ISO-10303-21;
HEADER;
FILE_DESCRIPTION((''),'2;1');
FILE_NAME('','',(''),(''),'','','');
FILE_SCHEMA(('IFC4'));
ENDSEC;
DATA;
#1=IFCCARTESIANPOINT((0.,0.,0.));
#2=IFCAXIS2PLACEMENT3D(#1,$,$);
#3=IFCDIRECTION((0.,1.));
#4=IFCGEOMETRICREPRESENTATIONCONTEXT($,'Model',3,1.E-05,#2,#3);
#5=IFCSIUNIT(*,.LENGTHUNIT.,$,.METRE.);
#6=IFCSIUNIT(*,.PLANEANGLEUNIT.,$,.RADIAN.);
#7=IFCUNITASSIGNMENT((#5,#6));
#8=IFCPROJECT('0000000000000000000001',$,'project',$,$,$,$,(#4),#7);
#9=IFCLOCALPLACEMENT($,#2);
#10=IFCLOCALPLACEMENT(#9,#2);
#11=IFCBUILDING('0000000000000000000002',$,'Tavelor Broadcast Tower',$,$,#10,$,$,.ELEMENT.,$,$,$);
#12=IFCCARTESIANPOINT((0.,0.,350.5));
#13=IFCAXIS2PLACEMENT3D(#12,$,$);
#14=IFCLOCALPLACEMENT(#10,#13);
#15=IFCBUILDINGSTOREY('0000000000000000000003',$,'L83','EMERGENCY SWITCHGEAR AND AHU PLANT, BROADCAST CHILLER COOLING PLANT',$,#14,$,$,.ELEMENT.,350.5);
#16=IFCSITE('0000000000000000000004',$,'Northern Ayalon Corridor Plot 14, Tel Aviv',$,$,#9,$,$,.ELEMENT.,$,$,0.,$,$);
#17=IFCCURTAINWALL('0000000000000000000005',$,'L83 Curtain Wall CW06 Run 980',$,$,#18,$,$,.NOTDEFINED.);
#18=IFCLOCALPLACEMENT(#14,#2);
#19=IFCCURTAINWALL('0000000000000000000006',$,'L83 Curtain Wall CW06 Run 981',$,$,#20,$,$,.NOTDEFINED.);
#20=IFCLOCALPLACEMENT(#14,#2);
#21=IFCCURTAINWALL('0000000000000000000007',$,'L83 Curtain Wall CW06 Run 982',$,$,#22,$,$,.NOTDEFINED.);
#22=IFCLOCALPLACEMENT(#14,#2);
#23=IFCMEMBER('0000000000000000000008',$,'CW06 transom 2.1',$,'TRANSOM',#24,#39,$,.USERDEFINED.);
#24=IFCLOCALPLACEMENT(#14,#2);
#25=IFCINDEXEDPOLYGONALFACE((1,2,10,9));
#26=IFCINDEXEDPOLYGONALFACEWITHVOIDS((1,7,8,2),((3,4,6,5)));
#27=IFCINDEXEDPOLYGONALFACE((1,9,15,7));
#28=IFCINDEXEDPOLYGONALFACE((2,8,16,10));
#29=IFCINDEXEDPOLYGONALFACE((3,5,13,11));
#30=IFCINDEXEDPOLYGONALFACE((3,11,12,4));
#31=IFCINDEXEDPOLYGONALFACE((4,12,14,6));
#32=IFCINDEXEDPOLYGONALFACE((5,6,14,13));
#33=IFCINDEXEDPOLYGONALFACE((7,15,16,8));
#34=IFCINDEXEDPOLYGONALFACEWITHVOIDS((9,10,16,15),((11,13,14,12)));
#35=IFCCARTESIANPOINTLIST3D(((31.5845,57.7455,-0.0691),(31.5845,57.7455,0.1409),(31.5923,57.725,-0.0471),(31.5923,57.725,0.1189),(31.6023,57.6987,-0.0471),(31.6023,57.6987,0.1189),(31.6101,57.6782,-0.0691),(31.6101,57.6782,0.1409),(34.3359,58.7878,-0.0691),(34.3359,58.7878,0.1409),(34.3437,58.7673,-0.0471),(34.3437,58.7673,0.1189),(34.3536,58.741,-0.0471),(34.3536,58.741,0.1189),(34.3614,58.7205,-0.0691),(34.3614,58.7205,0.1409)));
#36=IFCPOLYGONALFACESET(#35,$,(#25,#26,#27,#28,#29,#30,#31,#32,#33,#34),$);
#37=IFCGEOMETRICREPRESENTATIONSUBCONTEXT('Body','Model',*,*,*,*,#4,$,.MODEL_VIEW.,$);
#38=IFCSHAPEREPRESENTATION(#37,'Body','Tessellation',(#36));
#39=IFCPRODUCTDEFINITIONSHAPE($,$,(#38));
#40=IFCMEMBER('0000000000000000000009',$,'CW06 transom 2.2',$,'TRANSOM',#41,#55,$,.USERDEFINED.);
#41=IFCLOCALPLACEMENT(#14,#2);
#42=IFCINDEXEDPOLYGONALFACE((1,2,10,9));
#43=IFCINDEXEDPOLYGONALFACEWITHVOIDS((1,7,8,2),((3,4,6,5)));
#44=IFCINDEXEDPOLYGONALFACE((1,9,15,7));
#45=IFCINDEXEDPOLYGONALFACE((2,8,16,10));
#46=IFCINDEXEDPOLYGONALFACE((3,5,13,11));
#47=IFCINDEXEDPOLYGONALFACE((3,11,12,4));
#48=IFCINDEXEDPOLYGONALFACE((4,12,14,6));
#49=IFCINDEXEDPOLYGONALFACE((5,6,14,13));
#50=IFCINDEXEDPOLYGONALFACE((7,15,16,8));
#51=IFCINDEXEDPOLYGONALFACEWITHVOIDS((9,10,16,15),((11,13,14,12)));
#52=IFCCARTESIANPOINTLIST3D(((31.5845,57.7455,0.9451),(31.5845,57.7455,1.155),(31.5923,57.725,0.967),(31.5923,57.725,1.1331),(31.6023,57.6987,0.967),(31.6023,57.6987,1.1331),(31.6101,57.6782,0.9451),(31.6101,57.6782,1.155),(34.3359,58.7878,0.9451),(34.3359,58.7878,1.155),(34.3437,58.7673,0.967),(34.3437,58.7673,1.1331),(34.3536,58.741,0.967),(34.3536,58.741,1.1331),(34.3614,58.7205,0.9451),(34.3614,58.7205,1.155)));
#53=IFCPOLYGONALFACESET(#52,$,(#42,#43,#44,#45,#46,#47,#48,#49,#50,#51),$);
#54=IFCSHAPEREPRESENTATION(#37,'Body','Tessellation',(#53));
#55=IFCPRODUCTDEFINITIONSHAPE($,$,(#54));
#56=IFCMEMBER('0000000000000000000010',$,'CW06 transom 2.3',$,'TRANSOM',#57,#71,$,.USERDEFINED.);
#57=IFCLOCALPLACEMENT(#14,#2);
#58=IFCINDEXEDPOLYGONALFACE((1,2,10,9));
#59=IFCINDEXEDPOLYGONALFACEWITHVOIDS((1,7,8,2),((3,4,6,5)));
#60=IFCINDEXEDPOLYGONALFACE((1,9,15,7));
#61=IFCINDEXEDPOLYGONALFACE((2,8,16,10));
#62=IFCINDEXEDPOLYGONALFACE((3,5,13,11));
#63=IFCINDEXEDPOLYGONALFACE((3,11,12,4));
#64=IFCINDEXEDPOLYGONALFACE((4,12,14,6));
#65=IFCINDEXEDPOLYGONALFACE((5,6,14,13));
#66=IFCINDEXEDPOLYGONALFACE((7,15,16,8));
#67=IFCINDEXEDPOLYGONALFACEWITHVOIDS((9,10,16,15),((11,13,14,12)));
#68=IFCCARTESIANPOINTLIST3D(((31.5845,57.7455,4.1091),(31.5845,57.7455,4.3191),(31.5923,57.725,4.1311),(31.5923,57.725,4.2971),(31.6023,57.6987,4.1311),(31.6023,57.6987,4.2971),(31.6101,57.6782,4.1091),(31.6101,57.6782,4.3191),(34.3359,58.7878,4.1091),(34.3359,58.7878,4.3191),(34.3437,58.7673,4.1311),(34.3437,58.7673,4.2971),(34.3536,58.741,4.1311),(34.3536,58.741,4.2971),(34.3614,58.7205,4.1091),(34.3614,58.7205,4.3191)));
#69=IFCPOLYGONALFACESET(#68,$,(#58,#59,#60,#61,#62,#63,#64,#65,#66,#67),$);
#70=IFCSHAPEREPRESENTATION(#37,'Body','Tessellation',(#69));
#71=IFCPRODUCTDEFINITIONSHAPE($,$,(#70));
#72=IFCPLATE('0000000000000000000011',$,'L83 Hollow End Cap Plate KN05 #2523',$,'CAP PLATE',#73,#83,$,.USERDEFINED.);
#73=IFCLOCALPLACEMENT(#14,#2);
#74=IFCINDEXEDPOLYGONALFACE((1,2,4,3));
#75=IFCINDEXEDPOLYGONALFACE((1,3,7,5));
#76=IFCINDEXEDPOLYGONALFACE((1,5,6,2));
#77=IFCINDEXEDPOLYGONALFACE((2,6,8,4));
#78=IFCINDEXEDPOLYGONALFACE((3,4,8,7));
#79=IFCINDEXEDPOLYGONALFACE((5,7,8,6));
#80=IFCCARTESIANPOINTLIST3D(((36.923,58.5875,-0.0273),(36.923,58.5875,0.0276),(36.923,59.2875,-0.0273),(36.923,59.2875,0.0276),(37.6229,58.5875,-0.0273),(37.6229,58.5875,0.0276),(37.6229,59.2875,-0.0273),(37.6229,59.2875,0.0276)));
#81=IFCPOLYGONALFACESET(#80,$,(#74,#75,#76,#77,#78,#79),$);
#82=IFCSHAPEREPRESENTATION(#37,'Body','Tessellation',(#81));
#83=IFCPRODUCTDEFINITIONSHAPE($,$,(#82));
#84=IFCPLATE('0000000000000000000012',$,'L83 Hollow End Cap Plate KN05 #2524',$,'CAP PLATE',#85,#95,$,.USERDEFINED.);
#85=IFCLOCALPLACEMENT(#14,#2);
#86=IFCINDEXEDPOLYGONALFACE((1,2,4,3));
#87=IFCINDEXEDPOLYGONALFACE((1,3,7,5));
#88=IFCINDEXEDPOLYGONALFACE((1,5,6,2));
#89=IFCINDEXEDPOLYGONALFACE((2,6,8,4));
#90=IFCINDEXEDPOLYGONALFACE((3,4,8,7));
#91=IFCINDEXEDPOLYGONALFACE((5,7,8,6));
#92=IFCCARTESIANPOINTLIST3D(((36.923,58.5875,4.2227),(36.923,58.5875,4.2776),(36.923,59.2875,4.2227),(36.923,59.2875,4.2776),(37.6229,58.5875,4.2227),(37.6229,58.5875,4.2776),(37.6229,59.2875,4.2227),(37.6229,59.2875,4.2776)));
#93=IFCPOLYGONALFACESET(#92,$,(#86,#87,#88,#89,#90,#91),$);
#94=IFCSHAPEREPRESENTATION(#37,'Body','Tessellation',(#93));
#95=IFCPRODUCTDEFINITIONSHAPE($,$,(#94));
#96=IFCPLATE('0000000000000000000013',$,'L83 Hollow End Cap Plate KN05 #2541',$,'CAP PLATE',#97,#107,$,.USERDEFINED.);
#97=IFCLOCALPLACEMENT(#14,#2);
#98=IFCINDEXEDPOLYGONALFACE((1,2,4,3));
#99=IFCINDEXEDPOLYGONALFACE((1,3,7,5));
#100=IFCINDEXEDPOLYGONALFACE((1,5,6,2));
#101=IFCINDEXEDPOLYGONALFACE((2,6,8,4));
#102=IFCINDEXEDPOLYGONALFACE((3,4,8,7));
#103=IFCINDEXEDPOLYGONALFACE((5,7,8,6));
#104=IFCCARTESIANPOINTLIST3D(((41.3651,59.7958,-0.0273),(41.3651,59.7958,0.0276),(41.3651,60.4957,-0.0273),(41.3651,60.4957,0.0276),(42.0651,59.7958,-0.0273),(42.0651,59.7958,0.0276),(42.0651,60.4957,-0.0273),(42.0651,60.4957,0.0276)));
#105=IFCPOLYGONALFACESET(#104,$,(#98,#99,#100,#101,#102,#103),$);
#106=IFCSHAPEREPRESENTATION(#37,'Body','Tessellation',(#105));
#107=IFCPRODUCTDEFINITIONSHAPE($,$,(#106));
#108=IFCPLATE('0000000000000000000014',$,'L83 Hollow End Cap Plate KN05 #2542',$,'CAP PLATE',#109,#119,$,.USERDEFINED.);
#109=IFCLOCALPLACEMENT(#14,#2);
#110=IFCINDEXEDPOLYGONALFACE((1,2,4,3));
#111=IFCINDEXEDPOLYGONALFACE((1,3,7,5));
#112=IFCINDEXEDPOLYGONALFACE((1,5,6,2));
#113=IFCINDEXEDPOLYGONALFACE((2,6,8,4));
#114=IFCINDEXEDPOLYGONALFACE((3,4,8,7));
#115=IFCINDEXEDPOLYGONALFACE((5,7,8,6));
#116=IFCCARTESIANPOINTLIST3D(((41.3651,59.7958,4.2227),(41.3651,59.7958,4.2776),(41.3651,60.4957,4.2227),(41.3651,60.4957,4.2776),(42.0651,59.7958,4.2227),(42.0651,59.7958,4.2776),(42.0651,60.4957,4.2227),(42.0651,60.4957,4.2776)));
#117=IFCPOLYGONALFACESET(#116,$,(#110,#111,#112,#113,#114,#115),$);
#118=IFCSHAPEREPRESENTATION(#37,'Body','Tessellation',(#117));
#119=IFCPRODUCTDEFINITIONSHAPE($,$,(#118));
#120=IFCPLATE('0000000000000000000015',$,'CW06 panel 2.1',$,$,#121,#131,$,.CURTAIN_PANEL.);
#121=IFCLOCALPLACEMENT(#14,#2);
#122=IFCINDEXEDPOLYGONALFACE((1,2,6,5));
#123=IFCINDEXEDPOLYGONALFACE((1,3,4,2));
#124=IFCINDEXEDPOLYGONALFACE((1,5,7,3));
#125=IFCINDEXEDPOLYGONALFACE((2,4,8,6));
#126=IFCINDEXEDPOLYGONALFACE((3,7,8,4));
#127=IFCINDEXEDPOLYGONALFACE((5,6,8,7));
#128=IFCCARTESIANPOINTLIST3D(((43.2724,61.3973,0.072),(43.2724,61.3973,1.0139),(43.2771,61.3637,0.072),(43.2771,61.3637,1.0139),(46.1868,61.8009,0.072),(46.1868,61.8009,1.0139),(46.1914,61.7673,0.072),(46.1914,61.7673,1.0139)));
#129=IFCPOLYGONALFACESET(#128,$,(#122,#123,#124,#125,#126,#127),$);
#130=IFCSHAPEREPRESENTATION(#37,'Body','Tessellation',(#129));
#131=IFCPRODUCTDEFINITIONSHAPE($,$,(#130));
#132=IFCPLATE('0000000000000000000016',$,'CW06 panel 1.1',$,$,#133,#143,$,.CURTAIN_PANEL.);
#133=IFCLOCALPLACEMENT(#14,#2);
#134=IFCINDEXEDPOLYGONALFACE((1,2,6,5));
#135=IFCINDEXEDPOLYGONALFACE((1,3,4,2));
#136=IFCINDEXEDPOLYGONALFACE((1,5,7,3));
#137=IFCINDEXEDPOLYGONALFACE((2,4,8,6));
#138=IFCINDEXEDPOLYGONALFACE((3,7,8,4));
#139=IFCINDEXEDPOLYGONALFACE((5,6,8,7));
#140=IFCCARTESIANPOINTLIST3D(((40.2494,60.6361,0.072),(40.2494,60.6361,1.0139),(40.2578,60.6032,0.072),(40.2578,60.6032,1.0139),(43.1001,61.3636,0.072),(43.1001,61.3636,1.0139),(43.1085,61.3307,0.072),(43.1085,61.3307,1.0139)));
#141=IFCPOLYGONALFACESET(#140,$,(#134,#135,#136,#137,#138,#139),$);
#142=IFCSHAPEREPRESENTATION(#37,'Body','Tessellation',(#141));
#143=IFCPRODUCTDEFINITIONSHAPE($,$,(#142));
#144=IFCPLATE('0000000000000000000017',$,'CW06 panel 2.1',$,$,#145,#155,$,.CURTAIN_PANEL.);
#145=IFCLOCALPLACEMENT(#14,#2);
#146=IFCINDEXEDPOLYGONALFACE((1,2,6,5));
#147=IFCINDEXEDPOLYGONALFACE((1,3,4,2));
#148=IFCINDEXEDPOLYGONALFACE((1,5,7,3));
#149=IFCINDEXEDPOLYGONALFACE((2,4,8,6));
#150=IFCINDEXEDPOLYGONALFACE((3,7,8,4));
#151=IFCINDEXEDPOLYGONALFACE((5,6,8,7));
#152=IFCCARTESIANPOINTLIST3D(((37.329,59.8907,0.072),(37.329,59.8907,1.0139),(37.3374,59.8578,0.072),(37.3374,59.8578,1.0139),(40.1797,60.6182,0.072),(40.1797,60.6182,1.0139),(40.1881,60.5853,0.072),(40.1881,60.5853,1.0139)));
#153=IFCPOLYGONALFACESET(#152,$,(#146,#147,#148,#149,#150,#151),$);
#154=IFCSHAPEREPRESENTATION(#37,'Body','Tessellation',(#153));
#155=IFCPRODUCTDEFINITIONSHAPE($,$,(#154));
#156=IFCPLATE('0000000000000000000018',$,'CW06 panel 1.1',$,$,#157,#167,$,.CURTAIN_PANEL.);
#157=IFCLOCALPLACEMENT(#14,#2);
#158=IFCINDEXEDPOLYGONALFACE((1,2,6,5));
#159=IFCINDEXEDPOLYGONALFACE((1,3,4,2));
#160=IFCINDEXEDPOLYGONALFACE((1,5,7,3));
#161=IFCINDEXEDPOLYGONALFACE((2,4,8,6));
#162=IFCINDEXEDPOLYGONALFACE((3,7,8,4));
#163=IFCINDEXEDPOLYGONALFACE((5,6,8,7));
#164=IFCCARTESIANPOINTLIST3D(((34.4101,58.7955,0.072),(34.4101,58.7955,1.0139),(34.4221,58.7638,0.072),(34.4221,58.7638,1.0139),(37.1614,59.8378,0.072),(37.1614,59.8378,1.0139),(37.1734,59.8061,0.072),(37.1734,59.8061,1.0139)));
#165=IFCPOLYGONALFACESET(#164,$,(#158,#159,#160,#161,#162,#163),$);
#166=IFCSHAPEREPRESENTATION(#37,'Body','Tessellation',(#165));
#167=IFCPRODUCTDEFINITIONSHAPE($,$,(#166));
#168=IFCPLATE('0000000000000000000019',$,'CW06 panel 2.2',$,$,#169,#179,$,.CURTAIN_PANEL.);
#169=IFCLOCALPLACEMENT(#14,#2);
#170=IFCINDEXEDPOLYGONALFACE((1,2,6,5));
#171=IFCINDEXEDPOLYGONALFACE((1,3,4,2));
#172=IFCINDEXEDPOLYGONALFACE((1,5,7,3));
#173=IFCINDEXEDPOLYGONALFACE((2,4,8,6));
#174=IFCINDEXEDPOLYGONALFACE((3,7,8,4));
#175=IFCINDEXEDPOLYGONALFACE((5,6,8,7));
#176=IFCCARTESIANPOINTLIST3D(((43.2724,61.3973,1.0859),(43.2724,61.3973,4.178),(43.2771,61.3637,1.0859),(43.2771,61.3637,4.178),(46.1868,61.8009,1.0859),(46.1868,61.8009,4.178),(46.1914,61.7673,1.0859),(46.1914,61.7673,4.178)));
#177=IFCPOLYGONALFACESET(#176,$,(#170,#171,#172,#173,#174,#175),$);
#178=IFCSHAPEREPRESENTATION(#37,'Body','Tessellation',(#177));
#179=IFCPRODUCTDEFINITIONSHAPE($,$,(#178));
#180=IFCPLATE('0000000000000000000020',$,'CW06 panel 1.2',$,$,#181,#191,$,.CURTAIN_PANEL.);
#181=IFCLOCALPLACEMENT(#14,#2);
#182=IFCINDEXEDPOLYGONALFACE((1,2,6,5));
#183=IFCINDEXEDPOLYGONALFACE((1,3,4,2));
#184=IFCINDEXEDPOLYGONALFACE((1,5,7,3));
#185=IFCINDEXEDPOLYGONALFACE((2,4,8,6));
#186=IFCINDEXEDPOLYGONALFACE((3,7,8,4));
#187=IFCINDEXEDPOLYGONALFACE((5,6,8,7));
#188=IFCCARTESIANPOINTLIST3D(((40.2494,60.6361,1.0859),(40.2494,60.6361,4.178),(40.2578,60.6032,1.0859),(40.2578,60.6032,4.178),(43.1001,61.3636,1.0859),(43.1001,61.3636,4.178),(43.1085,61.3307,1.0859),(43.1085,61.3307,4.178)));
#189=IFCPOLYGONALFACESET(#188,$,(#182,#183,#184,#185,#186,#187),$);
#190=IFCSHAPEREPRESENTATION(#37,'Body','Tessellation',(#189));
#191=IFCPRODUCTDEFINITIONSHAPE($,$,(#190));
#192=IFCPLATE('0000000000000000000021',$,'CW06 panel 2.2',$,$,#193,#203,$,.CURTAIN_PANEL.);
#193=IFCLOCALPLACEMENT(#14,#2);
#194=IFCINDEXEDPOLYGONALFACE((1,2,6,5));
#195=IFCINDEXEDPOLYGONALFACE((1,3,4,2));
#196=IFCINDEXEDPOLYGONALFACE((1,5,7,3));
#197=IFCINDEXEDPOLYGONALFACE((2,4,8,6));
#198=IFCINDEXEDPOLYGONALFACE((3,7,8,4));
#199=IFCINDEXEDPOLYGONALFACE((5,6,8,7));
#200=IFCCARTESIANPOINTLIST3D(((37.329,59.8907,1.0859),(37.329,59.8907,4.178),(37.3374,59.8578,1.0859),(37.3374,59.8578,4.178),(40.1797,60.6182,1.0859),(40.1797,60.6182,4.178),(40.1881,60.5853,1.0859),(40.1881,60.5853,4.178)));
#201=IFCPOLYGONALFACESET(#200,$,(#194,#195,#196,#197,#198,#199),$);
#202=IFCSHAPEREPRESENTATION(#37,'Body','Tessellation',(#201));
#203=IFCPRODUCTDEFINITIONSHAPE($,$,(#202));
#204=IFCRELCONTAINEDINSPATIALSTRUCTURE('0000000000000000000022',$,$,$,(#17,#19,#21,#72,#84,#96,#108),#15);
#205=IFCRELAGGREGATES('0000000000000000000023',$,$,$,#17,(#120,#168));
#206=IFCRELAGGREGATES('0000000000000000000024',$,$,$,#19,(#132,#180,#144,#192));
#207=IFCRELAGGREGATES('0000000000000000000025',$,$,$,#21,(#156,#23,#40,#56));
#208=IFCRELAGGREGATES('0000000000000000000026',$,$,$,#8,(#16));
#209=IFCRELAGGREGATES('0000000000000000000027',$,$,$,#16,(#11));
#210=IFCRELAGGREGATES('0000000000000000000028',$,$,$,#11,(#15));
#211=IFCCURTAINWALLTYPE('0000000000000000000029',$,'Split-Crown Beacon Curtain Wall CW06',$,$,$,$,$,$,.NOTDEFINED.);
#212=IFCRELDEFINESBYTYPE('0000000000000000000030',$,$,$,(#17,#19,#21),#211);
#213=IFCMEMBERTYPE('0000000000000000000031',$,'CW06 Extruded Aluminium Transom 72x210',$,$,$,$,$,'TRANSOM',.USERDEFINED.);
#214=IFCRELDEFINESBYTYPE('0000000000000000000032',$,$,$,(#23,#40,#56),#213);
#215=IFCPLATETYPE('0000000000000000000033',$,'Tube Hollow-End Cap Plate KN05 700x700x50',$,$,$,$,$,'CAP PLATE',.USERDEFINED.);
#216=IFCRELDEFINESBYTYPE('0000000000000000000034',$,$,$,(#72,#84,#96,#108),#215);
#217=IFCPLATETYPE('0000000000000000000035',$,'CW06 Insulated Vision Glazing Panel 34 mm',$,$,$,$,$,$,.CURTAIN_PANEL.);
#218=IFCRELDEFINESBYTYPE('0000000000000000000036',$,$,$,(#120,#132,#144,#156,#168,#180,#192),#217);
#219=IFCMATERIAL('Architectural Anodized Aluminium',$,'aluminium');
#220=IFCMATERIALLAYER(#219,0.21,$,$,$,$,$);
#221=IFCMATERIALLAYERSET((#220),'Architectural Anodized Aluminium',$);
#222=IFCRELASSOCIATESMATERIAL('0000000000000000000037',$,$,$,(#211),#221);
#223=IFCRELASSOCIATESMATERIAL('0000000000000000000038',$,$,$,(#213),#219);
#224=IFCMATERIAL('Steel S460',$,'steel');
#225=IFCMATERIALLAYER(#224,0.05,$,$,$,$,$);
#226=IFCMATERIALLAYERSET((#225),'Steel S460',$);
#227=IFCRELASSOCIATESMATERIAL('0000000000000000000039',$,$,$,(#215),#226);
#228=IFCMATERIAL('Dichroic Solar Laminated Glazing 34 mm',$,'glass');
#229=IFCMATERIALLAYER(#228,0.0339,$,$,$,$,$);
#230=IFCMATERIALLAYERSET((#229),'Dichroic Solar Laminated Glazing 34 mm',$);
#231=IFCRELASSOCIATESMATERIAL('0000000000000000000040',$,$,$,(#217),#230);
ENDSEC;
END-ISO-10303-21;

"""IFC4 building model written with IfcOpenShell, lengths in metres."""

from ifc_helpers import new_model, si_unit, direction, frame, origin, origin_2d, place, context, subcontext, project, spatial, rectangle, hollow_rectangle, extrude, source, transform, mapped, material, layer, layer_set, material_profile, profile_set, type_object, type_shapes, element, aggregate, save


model = new_model("IFC4")

# Units and contexts
model_context = context("Model", 3, precision=1e-05, world=origin(), true_north=direction((0.0, 1.0)))
body_context = subcontext(model_context, "Body", "Model", "MODEL_VIEW")
ifc_project = project(units=[si_unit("LENGTHUNIT", "METRE"), si_unit("PLANEANGLEUNIT", "RADIAN")], contexts=[model_context])

# Site, building, storey
site_placement = place(None, origin())
site = spatial("IfcSite", under=ifc_project, at=site_placement, Name="Northern Ayalon Corridor Plot 14, Tel Aviv", CompositionType="ELEMENT", RefElevation=0.0)
building_placement = place(site_placement, origin())
building = spatial("IfcBuilding", under=site, at=building_placement, Name="Tavelor Broadcast Tower", CompositionType="ELEMENT")
storey_placement = place(building_placement, frame((0.0, 0.0, 350.5)))
storey = spatial("IfcBuildingStorey", under=building, at=storey_placement, Name="L83", Description="EMERGENCY SWITCHGEAR AND AHU PLANT, BROADCAST CHILLER COOLING PLANT", CompositionType="ELEMENT", Elevation=350.5)

# Curtain wall
ifc_material_1 = material(Name="Architectural Anodized Aluminium", Category="aluminium")
ifc_layer_1 = layer(ifc_material_1, 0.21)
ifc_layer_set_1 = layer_set([ifc_layer_1], Name="Architectural Anodized Aluminium")
curtain_wall_type = type_object("IfcCurtainWallType", Name="Split-Crown Beacon Curtain Wall CW06", PredefinedType="NOTDEFINED", material=ifc_layer_set_1)
curtain_wall_1_placement = place(storey_placement, origin())
curtain_wall_1 = element("IfcCurtainWall", 1, at=curtain_wall_1_placement, inside=storey, type_object=curtain_wall_type, Name="L83 Curtain Wall CW06 Run 980", PredefinedType="NOTDEFINED")

# Curtain walls
curtain_wall_2_placement = place(storey_placement, origin())
curtain_wall_2 = element("IfcCurtainWall", 2, at=curtain_wall_2_placement, inside=storey, type_object=curtain_wall_type, Name="L83 Curtain Wall CW06 Run 981", PredefinedType="NOTDEFINED")
curtain_wall_3_placement = place(storey_placement, origin())
curtain_wall_3 = element("IfcCurtainWall", 3, at=curtain_wall_3_placement, inside=storey, type_object=curtain_wall_type, Name="L83 Curtain Wall CW06 Run 982", PredefinedType="NOTDEFINED")

# Members
ifc_material_profile_1 = material_profile(ifc_material_1, hollow_rectangle(XDim=0.072, YDim=0.21, WallThickness=0.022, at=origin_2d()), Name="RHS 72x210x22")
ifc_profile_set_1 = profile_set([ifc_material_profile_1], Name="Architectural Anodized Aluminium")
member_type_1 = type_object("IfcMemberType", Name="CW06 Extruded Aluminium Transom 72x210", ElementType="TRANSOM", PredefinedType="USERDEFINED", material=ifc_profile_set_1)
shared_shape_1 = source(origin(), body_context, "Body", "SweptSolid", [
    extrude(hollow_rectangle(XDim=0.072, YDim=0.21, WallThickness=0.022, at=origin_2d()), origin(), (0.0, 0.0, 1.0), 2.9421),
])
member_1_placement = place(storey_placement, frame((34.3486, 58.7542, 0.0359), z_axis=(-0.935147, -0.354259, 0.0), x_axis=(0.354259, -0.935147, 0.0)))
member_1 = element("IfcMember", 4, at=member_1_placement, type_object=member_type_1, Name="CW06 transom 2.1", ObjectType="TRANSOM", PredefinedType="USERDEFINED", context=body_context, shape_type="MappedRepresentation", body=[
    mapped(shared_shape_1, transform((0.0, 0.0, 0.0), scale=1.0)),
])
member_2_placement = place(storey_placement, frame((34.3486, 58.7542, 1.05), z_axis=(-0.935147, -0.354259, 0.0), x_axis=(0.354259, -0.935147, 0.0)))
member_2 = element("IfcMember", 5, at=member_2_placement, type_object=member_type_1, Name="CW06 transom 2.2", ObjectType="TRANSOM", PredefinedType="USERDEFINED", context=body_context, shape_type="MappedRepresentation", body=[
    mapped(shared_shape_1, transform((0.0, 0.0, 0.0), scale=1.0)),
])
member_3_placement = place(storey_placement, frame((34.3486, 58.7542, 4.2141), z_axis=(-0.935147, -0.354259, 0.0), x_axis=(0.354259, -0.935147, 0.0)))
member_3 = element("IfcMember", 6, at=member_3_placement, type_object=member_type_1, Name="CW06 transom 2.3", ObjectType="TRANSOM", PredefinedType="USERDEFINED", context=body_context, shape_type="MappedRepresentation", body=[
    mapped(shared_shape_1, transform((0.0, 0.0, 0.0), scale=1.0)),
])

# Plates
ifc_material_2 = material(Name="Steel S460", Category="steel")
ifc_layer_2 = layer(ifc_material_2, 0.05)
ifc_layer_set_2 = layer_set([ifc_layer_2], Name="Steel S460")
plate_type_1 = type_object("IfcPlateType", Name="Tube Hollow-End Cap Plate KN05 700x700x50", ElementType="CAP PLATE", PredefinedType="USERDEFINED", material=ifc_layer_set_2)
shared_shape_2 = source(origin(), body_context, "Body", "SweptSolid", [
    extrude(rectangle(XDim=0.7, YDim=0.7, at=origin_2d()), origin(), (0.0, 0.0, 1.0), 0.0549),
])
type_shapes(plate_type_1, [shared_shape_2])
for number, where, z_axis, x_axis, name in (
    (7, (37.2729, 58.9375, -0.0273), (0.0, 0.0, 1.0), (1.0, 0.0, 0.0), "L83 Hollow End Cap Plate KN05 #2523"),
    (8, (37.2729, 58.9375, 4.2227), (0.0, 0.0, 1.0), (1.0, 0.0, 0.0), "L83 Hollow End Cap Plate KN05 #2524"),
    (9, (41.7151, 60.1458, -0.0273), (0.0, 0.0, 1.0), (1.0, 0.0, 0.0), "L83 Hollow End Cap Plate KN05 #2541"),
    (10, (41.7151, 60.1458, 4.2227), (0.0, 0.0, 1.0), (1.0, 0.0, 0.0), "L83 Hollow End Cap Plate KN05 #2542"),
):
    element("IfcPlate", number, at=place(storey_placement, frame(where, z_axis=z_axis, x_axis=x_axis)), inside=storey, type_object=plate_type_1, Name=name, ObjectType="CAP PLATE", PredefinedType="USERDEFINED", context=body_context, shape_type="MappedRepresentation", body=[
        mapped(shared_shape_2, transform((0.0, 0.0, 0.0), scale=1.0)),
    ])

# Plates
ifc_material_3 = material(Name="Dichroic Solar Laminated Glazing 34 mm", Category="glass")
ifc_layer_3 = layer(ifc_material_3, 0.0339)
ifc_layer_set_3 = layer_set([ifc_layer_3], Name="Dichroic Solar Laminated Glazing 34 mm")
plate_type_2 = type_object("IfcPlateType", Name="CW06 Insulated Vision Glazing Panel 34 mm", PredefinedType="CURTAIN_PANEL", material=ifc_layer_set_3)
shared_shape_3 = source(origin(), body_context, "Body", "SweptSolid", [
    extrude(rectangle(XDim=2.9421, YDim=0.0339, at=origin_2d()), origin(), (0.0, 0.0, 1.0), 0.9419),
])
plate_1_placement = place(storey_placement, frame((44.7319, 61.5823, 0.072), z_axis=(0.0, 0.0, 1.0), x_axis=(-0.990547, -0.137174, 0.0)))
plate_1 = element("IfcPlate", 11, at=plate_1_placement, type_object=plate_type_2, Name="CW06 panel 2.1", PredefinedType="CURTAIN_PANEL", context=body_context, shape_type="MappedRepresentation", body=[
    mapped(shared_shape_3, transform((0.0, 0.0, 0.0), scale=1.0)),
])
plate_2_placement = place(storey_placement, frame((41.679, 60.9834, 0.072), z_axis=(0.0, 0.0, 1.0), x_axis=(-0.968947, -0.247269, 0.0)))
plate_2 = element("IfcPlate", 12, at=plate_2_placement, type_object=plate_type_2, Name="CW06 panel 1.1", PredefinedType="CURTAIN_PANEL", context=body_context, shape_type="MappedRepresentation", body=[
    mapped(shared_shape_3, transform((0.0, 0.0, 0.0), scale=1.0)),
])
plate_3_placement = place(storey_placement, frame((38.7585, 60.238, 0.072), z_axis=(0.0, 0.0, 1.0), x_axis=(-0.968947, -0.247269, 0.0)))
plate_3 = element("IfcPlate", 13, at=plate_3_placement, type_object=plate_type_2, Name="CW06 panel 2.1", PredefinedType="CURTAIN_PANEL", context=body_context, shape_type="MappedRepresentation", body=[
    mapped(shared_shape_3, transform((0.0, 0.0, 0.0), scale=1.0)),
])
plate_4_placement = place(storey_placement, frame((35.7917, 59.3008, 0.072), z_axis=(0.0, 0.0, 1.0), x_axis=(-0.935145, -0.354265, 0.0)))
plate_4 = element("IfcPlate", 14, at=plate_4_placement, type_object=plate_type_2, Name="CW06 panel 1.1", PredefinedType="CURTAIN_PANEL", context=body_context, shape_type="MappedRepresentation", body=[
    mapped(shared_shape_3, transform((0.0, 0.0, 0.0), scale=1.0)),
])
shared_shape_4 = source(origin(), body_context, "Body", "SweptSolid", [
    extrude(rectangle(XDim=2.9421, YDim=0.0339, at=origin_2d()), origin(), (0.0, 0.0, 1.0), 3.092),
])
type_shapes(plate_type_2, [shared_shape_3, shared_shape_4])
plate_5_placement = place(storey_placement, frame((44.7319, 61.5823, 1.0859), z_axis=(0.0, 0.0, 1.0), x_axis=(-0.990547, -0.137174, 0.0)))
plate_5 = element("IfcPlate", 15, at=plate_5_placement, type_object=plate_type_2, Name="CW06 panel 2.2", PredefinedType="CURTAIN_PANEL", context=body_context, shape_type="MappedRepresentation", body=[
    mapped(shared_shape_4, transform((0.0, 0.0, 0.0), scale=1.0)),
])
aggregate(curtain_wall_1, [plate_1, plate_5])
plate_6_placement = place(storey_placement, frame((41.679, 60.9834, 1.0859), z_axis=(0.0, 0.0, 1.0), x_axis=(-0.968947, -0.247269, 0.0)))
plate_6 = element("IfcPlate", 16, at=plate_6_placement, type_object=plate_type_2, Name="CW06 panel 1.2", PredefinedType="CURTAIN_PANEL", context=body_context, shape_type="MappedRepresentation", body=[
    mapped(shared_shape_4, transform((0.0, 0.0, 0.0), scale=1.0)),
])
plate_7_placement = place(storey_placement, frame((38.7585, 60.238, 1.0859), z_axis=(0.0, 0.0, 1.0), x_axis=(-0.968947, -0.247269, 0.0)))
plate_7 = element("IfcPlate", 17, at=plate_7_placement, type_object=plate_type_2, Name="CW06 panel 2.2", PredefinedType="CURTAIN_PANEL", context=body_context, shape_type="MappedRepresentation", body=[
    mapped(shared_shape_4, transform((0.0, 0.0, 0.0), scale=1.0)),
])
aggregate(curtain_wall_2, [plate_2, plate_6, plate_3, plate_7])
aggregate(curtain_wall_3, [plate_4, member_1, member_2, member_3])

save(model, "model.ifc")
